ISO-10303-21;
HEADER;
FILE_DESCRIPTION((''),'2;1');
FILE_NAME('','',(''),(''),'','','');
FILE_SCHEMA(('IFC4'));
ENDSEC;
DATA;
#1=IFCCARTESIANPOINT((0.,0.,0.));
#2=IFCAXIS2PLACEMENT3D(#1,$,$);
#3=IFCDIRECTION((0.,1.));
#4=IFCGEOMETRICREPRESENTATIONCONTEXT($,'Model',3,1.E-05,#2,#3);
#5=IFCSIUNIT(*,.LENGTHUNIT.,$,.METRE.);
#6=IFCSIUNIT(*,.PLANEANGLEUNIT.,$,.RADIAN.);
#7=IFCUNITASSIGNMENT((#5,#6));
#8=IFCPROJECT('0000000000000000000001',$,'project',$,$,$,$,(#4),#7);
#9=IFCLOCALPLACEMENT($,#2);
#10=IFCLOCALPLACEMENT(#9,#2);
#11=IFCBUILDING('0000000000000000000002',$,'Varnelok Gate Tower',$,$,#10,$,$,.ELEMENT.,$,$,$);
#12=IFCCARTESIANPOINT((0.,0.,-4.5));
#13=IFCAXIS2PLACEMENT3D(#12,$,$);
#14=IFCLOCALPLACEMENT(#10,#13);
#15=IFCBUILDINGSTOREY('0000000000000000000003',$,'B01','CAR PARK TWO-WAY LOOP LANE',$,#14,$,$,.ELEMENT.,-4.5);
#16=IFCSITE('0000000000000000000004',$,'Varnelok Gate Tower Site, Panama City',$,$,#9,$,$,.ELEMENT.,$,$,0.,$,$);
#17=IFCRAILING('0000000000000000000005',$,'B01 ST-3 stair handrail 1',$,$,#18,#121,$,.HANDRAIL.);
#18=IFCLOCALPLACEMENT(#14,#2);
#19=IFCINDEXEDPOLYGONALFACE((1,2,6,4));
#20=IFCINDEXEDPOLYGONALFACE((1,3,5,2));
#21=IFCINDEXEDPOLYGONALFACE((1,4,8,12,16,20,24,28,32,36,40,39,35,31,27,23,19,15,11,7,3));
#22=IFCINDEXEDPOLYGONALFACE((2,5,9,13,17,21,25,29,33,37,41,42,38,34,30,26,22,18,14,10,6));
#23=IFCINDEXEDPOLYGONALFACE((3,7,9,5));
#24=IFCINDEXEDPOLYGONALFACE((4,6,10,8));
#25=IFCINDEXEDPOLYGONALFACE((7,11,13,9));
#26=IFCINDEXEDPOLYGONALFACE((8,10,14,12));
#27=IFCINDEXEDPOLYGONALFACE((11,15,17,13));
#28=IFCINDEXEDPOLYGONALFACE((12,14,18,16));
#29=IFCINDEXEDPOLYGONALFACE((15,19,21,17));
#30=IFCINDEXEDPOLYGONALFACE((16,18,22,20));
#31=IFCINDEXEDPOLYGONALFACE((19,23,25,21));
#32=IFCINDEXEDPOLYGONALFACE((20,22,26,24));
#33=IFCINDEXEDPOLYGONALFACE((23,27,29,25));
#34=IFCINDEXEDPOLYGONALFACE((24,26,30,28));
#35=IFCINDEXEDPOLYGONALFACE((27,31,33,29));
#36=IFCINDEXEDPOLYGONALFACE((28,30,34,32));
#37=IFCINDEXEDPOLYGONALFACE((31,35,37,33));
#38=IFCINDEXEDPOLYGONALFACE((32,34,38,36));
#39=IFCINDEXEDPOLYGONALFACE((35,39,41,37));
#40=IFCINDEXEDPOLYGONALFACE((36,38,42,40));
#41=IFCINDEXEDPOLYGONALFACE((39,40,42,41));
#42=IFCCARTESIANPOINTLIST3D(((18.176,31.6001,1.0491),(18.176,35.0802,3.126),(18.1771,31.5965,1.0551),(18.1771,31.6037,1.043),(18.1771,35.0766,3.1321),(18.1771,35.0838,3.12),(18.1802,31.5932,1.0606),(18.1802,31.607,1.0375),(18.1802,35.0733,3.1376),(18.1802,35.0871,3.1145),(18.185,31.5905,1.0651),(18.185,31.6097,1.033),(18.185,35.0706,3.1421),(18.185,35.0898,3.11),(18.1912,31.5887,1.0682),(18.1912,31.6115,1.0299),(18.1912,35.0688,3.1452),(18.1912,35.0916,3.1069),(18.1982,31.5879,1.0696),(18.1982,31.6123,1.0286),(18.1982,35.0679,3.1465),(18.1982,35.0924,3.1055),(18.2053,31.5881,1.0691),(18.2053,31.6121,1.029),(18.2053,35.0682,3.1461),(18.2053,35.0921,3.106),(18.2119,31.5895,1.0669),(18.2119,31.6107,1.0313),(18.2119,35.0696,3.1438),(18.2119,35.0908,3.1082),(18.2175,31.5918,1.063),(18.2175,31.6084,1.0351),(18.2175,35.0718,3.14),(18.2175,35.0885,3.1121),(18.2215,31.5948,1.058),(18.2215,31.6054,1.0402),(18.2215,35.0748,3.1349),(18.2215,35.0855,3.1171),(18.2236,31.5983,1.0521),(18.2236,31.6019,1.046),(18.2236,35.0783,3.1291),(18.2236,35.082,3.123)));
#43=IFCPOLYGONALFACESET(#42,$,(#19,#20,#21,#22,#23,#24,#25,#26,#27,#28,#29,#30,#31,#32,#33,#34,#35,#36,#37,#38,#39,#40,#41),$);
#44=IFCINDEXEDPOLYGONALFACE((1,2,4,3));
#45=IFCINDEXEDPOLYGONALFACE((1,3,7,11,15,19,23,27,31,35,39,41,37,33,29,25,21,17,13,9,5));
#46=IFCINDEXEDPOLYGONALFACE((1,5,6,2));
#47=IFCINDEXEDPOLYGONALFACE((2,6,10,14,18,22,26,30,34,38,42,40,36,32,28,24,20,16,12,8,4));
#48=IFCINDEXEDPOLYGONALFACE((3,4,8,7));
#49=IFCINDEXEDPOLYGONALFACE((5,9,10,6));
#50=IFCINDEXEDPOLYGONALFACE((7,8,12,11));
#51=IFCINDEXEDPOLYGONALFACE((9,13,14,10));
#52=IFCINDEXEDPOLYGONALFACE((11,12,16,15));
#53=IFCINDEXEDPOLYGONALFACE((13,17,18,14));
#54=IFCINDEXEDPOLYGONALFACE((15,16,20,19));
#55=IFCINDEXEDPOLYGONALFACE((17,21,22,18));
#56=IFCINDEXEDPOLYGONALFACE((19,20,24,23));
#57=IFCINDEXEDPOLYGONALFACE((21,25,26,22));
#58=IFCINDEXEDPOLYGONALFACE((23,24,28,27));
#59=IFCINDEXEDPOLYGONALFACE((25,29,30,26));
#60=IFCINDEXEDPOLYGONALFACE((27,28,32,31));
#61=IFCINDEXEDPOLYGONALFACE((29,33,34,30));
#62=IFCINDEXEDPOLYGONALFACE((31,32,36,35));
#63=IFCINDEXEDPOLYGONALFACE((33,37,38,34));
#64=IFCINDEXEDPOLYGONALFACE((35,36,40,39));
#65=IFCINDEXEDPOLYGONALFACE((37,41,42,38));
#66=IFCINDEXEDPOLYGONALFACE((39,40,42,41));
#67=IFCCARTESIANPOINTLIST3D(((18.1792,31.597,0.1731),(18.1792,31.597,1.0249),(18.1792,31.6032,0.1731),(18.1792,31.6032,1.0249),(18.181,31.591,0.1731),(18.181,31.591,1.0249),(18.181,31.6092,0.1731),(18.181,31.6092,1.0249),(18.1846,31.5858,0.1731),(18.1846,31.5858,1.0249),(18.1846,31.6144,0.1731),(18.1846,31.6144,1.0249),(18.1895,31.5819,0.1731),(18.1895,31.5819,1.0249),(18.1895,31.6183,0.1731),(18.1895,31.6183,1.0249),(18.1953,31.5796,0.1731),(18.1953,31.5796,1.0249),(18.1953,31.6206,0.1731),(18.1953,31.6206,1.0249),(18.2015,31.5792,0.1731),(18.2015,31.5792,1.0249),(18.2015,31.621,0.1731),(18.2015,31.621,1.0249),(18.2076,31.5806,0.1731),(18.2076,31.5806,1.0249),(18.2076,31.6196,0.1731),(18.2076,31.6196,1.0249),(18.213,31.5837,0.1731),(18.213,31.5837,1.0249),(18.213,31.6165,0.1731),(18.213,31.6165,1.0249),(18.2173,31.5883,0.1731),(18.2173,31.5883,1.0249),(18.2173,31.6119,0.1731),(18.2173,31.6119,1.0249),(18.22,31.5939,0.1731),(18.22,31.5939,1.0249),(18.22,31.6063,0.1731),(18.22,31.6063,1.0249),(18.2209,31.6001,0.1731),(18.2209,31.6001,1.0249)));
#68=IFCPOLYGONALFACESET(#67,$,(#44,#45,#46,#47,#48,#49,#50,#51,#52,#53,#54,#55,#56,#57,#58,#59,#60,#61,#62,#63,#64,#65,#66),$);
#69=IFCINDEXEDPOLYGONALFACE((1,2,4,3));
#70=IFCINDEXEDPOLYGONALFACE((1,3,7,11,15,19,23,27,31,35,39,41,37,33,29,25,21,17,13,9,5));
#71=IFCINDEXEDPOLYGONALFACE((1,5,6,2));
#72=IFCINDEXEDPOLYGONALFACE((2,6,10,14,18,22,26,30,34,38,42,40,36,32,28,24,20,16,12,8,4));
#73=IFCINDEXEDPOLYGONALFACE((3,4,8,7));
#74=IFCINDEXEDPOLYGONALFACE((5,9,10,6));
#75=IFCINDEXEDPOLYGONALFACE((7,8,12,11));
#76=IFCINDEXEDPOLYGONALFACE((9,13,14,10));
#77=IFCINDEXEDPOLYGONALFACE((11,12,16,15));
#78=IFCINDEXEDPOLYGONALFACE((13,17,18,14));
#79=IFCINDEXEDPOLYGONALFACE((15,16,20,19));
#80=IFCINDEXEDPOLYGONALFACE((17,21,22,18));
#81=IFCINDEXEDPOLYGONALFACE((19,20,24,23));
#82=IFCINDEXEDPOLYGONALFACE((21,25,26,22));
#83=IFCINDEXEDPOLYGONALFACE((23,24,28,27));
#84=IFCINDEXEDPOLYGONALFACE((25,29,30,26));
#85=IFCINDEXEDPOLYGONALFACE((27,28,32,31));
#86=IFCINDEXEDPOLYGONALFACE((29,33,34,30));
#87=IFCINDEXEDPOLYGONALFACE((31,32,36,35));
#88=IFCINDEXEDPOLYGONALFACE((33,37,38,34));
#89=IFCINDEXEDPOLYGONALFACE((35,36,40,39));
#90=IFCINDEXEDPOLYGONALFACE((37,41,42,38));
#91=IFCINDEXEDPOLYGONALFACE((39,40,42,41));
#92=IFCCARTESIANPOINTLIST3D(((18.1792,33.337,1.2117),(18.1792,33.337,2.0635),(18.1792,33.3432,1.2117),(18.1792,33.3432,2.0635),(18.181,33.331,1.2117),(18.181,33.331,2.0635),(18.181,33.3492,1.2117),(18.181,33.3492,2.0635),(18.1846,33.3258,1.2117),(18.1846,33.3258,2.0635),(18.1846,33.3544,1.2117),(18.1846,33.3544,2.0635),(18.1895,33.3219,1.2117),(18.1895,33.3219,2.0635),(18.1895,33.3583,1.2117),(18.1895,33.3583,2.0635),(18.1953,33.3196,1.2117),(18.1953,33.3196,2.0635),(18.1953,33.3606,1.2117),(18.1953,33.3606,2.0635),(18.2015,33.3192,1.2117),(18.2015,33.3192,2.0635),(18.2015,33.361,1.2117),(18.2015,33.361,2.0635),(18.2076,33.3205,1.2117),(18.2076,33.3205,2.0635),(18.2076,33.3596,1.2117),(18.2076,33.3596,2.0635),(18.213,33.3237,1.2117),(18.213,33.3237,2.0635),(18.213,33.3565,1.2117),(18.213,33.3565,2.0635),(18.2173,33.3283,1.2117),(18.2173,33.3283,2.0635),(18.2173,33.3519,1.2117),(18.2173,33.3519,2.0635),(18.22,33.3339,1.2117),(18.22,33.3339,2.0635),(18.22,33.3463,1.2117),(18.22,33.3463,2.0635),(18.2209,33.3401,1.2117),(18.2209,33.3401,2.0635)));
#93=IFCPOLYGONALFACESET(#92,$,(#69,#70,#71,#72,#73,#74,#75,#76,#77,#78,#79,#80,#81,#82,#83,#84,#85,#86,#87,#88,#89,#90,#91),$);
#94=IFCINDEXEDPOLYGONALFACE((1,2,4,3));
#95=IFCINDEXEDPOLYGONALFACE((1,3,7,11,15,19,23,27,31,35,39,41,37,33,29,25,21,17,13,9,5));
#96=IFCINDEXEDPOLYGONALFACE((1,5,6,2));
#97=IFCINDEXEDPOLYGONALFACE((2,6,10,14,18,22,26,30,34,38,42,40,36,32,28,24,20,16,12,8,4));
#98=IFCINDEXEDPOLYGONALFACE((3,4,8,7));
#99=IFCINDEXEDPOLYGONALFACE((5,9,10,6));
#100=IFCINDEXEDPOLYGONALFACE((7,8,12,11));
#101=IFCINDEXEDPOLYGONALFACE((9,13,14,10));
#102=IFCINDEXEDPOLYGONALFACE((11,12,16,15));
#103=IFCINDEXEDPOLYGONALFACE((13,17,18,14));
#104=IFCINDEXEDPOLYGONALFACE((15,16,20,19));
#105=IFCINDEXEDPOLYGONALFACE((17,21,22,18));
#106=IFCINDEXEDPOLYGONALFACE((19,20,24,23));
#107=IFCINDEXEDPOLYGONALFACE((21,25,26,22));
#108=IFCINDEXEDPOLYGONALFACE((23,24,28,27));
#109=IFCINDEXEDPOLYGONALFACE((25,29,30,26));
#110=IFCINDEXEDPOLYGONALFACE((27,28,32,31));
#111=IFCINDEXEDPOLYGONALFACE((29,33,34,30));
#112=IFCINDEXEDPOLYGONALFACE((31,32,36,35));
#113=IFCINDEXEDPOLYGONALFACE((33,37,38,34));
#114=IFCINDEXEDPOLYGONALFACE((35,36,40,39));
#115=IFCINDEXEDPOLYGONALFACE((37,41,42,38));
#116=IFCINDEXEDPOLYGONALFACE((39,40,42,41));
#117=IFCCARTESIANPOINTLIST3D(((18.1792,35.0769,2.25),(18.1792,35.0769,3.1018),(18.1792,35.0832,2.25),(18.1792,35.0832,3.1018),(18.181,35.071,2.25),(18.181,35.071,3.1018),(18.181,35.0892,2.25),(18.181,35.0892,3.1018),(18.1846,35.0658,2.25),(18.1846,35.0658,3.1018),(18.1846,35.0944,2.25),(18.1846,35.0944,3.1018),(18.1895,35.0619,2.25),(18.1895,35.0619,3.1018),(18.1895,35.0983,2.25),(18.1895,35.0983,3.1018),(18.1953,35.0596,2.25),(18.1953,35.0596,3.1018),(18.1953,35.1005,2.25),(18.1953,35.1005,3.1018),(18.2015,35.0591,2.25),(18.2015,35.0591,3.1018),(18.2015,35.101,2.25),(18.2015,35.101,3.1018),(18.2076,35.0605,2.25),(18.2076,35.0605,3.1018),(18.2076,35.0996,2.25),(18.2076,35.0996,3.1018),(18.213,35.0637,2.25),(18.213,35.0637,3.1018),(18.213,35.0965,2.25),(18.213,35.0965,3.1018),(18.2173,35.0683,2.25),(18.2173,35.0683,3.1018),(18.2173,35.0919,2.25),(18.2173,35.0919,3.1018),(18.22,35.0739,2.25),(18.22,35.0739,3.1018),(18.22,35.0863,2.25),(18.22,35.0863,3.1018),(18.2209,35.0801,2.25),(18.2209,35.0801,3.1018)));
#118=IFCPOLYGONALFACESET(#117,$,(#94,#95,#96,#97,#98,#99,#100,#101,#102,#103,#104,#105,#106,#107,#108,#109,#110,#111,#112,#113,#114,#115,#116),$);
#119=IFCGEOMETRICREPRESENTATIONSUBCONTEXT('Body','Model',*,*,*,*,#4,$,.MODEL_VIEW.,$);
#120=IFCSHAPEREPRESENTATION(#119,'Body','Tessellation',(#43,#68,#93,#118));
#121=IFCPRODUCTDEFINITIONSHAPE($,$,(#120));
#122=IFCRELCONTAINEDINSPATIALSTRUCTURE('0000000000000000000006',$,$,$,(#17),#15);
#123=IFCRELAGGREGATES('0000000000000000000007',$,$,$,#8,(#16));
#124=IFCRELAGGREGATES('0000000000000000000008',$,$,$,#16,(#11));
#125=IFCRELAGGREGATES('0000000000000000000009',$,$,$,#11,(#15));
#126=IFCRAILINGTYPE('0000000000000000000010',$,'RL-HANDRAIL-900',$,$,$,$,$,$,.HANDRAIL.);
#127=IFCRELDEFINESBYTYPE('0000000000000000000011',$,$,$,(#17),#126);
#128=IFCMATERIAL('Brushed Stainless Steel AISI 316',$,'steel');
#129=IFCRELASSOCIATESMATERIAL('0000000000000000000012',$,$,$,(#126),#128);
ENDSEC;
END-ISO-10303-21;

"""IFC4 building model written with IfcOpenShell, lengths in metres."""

from ifc_helpers import new_model, si_unit, direction, frame, origin, origin_2d, place, context, subcontext, project, spatial, circle, extrude, material, type_object, element, save


model = new_model("IFC4")

# Units and contexts
model_context = context("Model", 3, precision=1e-05, world=origin(), true_north=direction((0.0, 1.0)))
body_context = subcontext(model_context, "Body", "Model", "MODEL_VIEW")
ifc_project = project(units=[si_unit("LENGTHUNIT", "METRE"), si_unit("PLANEANGLEUNIT", "RADIAN")], contexts=[model_context])

# Site, building, storey
site_placement = place(None, origin())
site = spatial("IfcSite", under=ifc_project, at=site_placement, Name="Varnelok Gate Tower Site, Panama City", CompositionType="ELEMENT", RefElevation=0.0)
building_placement = place(site_placement, origin())
building = spatial("IfcBuilding", under=site, at=building_placement, Name="Varnelok Gate Tower", CompositionType="ELEMENT")
storey_placement = place(building_placement, frame((0.0, 0.0, -4.5)))
storey = spatial("IfcBuildingStorey", under=building, at=storey_placement, Name="B01", Description="CAR PARK TWO-WAY LOOP LANE", CompositionType="ELEMENT", Elevation=-4.5)

# Railing
ifc_material_1 = material(Name="Brushed Stainless Steel AISI 316", Category="steel")
railing_type_1 = type_object("IfcRailingType", Name="RL-HANDRAIL-900", PredefinedType="HANDRAIL", material=ifc_material_1)
railing_1_placement = place(storey_placement, frame((18.2, 31.6001, 0.1731)))
element("IfcRailing", 1, at=railing_1_placement, inside=storey, type_object=railing_type_1, Name="B01 ST-3 stair handrail 1", PredefinedType="HANDRAIL", context=body_context, shape_type="SweptSolid", body=[
    extrude(circle(Radius=0.0239, at=origin_2d()), frame((0.0, 0.0, 0.876), z_axis=(0.0, 0.858697, 0.512483), x_axis=(-1.0, 0.0, 0.0)), (0.0, 0.0, 1.0), 4.0527),
    extrude(circle(Radius=0.021, at=origin_2d()), origin(), (0.0, 0.0, 1.0), 0.8518),
    extrude(circle(Radius=0.021, at=origin_2d()), frame((0.0, 1.74, 1.0386)), (0.0, 0.0, 1.0), 0.8518),
    extrude(circle(Radius=0.021, at=origin_2d()), frame((0.0, 3.48, 2.0769)), (0.0, 0.0, 1.0), 0.8518),
])

save(model, "model.ifc")
